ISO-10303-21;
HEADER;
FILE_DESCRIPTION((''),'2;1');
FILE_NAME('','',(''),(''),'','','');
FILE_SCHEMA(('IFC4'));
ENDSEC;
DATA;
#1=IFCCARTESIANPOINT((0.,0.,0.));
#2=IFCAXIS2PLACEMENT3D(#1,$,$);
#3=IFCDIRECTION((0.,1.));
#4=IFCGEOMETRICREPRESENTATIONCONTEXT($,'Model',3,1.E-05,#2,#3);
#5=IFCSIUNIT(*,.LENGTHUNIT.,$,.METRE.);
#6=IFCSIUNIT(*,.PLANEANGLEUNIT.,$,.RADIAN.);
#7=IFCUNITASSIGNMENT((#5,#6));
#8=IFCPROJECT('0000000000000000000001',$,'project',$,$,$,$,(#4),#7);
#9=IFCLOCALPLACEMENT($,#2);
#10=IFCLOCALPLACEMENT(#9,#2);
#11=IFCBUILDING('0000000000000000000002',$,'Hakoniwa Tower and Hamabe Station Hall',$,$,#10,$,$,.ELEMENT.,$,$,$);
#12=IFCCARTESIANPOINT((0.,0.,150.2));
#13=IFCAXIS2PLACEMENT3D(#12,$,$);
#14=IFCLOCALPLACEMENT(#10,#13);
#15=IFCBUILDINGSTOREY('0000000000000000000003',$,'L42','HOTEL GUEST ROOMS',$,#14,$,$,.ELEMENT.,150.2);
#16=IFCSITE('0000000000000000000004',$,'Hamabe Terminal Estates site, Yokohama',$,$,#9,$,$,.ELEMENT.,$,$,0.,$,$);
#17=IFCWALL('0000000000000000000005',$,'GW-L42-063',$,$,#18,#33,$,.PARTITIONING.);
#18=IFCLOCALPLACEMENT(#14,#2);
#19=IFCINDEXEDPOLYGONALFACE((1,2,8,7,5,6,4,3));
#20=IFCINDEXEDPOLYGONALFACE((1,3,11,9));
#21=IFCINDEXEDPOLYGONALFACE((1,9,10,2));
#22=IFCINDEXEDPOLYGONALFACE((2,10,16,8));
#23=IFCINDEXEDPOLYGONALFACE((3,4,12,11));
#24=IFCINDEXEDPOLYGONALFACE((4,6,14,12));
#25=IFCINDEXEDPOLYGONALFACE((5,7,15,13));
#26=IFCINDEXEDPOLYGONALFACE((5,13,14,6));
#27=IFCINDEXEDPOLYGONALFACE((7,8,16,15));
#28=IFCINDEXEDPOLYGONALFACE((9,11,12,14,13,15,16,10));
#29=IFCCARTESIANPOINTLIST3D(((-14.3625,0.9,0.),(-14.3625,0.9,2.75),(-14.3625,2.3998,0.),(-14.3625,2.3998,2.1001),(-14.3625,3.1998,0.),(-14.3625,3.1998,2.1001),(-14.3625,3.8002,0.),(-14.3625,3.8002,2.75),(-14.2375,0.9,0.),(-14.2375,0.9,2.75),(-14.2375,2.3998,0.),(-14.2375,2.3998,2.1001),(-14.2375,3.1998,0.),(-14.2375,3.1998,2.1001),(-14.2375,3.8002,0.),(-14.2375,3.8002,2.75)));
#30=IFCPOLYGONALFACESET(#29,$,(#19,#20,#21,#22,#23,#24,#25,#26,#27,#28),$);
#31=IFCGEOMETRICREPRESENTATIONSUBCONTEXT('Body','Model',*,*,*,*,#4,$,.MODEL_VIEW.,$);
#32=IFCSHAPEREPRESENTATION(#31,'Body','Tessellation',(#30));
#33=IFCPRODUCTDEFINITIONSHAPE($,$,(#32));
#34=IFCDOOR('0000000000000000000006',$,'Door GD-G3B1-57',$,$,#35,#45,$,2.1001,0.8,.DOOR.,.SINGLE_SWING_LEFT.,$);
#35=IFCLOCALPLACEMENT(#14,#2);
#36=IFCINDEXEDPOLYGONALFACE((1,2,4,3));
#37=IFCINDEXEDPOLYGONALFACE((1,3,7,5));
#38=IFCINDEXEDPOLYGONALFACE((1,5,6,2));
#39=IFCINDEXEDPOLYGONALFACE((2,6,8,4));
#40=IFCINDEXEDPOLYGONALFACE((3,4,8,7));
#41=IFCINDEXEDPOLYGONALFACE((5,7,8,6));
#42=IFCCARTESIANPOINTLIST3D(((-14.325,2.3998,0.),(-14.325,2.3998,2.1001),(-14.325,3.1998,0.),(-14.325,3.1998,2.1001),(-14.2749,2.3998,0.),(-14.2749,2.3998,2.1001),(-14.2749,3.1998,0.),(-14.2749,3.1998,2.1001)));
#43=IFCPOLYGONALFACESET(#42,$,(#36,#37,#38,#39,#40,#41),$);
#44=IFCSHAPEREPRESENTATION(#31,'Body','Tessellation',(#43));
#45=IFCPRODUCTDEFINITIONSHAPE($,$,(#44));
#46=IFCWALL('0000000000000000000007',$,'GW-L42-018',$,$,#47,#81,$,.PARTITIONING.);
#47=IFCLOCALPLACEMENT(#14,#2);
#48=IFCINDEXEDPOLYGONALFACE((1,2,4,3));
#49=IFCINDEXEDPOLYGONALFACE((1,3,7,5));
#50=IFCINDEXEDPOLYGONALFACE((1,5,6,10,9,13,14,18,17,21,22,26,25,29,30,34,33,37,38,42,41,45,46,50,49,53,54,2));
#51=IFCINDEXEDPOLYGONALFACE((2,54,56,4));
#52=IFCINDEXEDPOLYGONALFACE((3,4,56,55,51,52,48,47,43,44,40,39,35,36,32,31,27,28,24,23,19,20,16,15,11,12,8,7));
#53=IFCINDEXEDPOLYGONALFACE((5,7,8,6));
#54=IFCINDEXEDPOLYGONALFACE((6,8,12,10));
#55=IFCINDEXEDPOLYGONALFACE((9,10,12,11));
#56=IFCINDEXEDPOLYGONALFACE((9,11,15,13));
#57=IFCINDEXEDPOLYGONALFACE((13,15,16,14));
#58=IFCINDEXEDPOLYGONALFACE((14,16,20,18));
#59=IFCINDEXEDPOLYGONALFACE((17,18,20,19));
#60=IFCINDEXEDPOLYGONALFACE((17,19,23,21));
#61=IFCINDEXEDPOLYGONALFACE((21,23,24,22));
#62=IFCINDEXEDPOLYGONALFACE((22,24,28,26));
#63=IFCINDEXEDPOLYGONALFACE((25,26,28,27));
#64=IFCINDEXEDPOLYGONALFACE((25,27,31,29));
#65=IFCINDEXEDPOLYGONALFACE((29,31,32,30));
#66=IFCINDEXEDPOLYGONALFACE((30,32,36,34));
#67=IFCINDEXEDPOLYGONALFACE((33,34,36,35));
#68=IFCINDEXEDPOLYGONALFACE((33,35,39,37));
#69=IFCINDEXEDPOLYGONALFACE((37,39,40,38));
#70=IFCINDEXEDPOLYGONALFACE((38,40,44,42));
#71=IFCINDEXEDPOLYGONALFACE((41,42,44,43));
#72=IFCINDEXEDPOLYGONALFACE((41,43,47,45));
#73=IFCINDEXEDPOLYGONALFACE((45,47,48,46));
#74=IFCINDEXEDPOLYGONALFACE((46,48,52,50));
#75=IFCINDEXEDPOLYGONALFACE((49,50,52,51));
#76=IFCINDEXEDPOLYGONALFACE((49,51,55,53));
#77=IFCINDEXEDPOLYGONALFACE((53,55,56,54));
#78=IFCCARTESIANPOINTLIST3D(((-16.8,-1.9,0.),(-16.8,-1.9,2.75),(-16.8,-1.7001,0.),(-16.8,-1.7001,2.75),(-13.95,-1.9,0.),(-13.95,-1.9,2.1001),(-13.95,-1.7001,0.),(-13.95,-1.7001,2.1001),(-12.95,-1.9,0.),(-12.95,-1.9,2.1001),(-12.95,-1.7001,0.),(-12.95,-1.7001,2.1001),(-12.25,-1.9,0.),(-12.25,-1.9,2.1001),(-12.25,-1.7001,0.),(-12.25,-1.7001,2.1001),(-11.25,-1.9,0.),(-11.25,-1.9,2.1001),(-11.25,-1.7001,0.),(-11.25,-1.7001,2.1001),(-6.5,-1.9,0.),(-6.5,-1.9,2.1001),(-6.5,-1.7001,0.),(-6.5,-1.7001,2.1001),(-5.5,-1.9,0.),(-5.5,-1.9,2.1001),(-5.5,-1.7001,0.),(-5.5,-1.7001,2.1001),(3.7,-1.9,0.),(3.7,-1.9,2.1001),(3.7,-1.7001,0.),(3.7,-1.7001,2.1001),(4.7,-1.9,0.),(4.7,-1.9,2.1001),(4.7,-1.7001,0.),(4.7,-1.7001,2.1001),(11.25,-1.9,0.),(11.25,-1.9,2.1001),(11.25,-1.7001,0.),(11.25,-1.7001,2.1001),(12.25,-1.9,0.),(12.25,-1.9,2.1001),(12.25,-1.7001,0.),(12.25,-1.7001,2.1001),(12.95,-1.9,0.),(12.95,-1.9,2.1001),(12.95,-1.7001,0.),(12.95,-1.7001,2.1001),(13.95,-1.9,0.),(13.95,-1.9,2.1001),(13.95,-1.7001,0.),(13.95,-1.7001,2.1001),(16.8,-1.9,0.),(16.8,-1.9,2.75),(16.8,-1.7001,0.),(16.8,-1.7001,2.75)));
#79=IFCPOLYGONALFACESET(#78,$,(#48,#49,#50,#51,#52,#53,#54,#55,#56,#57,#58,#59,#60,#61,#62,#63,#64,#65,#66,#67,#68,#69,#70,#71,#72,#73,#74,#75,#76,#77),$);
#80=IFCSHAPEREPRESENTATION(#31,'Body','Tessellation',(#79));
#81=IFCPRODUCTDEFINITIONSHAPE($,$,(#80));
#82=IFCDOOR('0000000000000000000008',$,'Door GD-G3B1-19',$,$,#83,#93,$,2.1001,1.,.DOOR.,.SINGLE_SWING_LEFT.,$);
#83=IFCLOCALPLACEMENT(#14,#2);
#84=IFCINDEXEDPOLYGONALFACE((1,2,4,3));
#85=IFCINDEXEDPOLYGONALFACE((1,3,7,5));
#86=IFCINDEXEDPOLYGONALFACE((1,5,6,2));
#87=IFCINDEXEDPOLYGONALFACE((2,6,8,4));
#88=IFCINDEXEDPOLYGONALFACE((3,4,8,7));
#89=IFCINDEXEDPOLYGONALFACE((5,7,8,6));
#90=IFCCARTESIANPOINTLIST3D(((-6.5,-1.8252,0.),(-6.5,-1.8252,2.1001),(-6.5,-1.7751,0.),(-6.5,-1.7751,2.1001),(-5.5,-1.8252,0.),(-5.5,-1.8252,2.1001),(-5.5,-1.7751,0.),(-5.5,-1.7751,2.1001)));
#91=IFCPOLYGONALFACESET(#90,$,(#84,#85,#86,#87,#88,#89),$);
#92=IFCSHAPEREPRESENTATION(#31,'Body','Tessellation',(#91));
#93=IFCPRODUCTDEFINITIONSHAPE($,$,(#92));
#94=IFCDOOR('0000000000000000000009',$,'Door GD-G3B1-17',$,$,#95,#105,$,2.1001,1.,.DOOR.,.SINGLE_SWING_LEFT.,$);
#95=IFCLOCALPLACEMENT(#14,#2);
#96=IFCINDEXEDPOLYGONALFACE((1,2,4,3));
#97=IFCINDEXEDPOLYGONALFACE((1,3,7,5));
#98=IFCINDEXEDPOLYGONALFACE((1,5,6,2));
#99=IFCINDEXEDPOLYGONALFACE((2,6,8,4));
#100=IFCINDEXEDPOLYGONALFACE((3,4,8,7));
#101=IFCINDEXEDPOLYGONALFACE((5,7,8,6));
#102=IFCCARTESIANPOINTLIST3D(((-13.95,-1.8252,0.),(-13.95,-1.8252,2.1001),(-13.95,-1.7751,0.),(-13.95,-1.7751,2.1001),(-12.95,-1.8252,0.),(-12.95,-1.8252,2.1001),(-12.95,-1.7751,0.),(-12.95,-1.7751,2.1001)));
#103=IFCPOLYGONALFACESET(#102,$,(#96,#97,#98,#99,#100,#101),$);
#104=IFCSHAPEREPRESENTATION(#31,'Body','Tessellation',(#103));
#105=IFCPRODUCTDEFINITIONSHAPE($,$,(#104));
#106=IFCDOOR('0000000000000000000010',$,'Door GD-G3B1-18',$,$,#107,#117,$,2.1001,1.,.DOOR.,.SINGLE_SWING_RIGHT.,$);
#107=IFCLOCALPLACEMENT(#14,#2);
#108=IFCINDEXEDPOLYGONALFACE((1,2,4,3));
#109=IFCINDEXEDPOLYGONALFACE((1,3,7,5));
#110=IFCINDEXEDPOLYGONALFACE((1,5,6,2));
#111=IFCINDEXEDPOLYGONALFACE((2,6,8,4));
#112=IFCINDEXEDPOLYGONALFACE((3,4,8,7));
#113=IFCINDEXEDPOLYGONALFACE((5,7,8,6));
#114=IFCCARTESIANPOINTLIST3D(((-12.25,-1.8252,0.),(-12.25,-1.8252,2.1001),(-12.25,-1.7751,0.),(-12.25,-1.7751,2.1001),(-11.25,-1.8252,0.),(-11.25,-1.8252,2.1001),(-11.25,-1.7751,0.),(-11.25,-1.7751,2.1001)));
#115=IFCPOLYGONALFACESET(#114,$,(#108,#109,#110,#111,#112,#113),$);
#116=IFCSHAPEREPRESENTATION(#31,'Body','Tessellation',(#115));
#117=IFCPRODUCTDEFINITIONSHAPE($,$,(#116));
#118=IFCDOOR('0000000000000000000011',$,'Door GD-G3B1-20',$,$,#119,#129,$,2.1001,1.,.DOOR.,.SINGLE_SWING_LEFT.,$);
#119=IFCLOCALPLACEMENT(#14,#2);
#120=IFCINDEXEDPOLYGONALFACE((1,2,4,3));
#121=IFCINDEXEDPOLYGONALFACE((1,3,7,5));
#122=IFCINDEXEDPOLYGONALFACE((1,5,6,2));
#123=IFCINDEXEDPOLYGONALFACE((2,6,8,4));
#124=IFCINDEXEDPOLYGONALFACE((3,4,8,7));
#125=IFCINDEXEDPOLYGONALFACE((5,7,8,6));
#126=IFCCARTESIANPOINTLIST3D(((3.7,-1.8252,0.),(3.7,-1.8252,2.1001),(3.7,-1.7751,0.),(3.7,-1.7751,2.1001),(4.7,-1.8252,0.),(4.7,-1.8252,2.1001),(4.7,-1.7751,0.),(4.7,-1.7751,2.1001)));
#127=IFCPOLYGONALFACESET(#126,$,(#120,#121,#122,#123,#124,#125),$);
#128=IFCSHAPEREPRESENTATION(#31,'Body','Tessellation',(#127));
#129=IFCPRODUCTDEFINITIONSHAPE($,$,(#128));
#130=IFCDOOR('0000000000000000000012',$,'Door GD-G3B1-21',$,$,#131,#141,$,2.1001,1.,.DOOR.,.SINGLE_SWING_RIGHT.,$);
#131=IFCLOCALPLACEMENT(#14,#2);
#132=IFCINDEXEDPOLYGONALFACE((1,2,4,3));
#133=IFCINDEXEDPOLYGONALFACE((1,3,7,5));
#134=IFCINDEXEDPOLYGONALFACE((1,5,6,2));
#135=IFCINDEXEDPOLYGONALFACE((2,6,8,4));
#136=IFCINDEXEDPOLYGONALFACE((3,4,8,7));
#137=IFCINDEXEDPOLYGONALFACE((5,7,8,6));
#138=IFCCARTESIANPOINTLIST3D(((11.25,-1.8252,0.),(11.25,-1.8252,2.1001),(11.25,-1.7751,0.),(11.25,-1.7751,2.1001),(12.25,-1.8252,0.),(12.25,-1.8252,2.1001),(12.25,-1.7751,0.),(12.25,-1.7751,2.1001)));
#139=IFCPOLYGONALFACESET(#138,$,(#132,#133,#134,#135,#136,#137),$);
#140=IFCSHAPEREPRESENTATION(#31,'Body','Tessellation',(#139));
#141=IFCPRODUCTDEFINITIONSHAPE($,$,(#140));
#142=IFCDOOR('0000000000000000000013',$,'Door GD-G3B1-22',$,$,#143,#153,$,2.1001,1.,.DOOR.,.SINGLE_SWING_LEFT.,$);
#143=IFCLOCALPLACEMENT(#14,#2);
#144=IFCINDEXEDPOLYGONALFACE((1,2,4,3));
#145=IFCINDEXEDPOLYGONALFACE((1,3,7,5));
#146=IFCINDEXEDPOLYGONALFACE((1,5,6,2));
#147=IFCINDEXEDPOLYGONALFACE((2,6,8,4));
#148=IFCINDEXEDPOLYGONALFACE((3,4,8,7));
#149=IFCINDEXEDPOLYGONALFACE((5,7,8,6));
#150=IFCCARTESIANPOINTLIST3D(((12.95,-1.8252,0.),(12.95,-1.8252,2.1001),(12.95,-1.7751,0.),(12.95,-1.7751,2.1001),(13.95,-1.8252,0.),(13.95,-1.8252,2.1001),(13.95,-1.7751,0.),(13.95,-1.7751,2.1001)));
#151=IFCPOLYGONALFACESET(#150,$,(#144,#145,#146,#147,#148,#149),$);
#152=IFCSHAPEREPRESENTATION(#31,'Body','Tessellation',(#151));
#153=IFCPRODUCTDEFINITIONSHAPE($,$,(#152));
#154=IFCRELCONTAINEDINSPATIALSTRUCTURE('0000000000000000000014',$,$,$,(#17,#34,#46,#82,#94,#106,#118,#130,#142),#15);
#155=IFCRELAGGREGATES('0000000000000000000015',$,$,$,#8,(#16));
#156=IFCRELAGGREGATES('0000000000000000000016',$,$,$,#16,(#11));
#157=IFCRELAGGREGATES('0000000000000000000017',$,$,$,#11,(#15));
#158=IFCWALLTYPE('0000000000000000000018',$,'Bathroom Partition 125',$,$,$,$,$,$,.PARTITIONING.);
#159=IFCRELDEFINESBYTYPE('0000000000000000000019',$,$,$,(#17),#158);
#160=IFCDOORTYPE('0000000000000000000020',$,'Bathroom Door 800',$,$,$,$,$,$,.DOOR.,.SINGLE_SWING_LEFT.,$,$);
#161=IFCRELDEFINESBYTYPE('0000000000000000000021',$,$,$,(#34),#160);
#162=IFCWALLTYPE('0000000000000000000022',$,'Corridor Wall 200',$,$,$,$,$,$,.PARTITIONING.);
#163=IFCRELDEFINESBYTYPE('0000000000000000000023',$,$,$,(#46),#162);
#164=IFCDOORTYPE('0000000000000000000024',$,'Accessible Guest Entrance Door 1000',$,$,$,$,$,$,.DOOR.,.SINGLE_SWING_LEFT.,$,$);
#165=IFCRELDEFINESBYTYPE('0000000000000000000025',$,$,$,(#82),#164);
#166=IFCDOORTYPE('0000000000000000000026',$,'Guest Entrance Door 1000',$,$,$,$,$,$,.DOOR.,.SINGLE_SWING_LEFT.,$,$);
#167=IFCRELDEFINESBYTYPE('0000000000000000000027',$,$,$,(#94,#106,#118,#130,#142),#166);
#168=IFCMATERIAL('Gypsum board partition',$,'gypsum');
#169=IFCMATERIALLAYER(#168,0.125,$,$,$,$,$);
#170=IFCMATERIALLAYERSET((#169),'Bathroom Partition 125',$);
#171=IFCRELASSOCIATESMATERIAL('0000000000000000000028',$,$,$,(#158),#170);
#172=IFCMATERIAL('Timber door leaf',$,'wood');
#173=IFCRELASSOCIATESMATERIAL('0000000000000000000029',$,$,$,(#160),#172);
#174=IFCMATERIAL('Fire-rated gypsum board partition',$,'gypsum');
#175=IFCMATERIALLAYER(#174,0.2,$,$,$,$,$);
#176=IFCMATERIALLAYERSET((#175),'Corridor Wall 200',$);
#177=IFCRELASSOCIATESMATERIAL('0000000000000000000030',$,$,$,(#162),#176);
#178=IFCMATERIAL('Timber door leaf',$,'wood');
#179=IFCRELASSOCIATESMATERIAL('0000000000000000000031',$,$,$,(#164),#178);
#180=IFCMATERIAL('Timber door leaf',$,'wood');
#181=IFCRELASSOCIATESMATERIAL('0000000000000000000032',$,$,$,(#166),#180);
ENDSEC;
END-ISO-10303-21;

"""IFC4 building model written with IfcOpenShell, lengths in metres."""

from ifc_helpers import new_model, si_unit, direction, frame, frame_2d, origin, place, context, subcontext, project, spatial, rectangle, extrude, material, layer, layer_set, type_object, element, fill, save


model = new_model("IFC4")

# Units and contexts
model_context = context("Model", 3, precision=1e-05, world=origin(), true_north=direction((0.0, 1.0)))
body_context = subcontext(model_context, "Body", "Model", "MODEL_VIEW")
ifc_project = project(units=[si_unit("LENGTHUNIT", "METRE"), si_unit("PLANEANGLEUNIT", "RADIAN")], contexts=[model_context])

# Site, building, storey
site_placement = place(None, origin())
site = spatial("IfcSite", under=ifc_project, at=site_placement, Name="Hamabe Terminal Estates site, Yokohama", CompositionType="ELEMENT", RefElevation=0.0)
building_placement = place(site_placement, origin())
building = spatial("IfcBuilding", under=site, at=building_placement, Name="Hakoniwa Tower and Hamabe Station Hall", CompositionType="ELEMENT")
storey_placement = place(building_placement, frame((0.0, 0.0, 150.2)))
storey = spatial("IfcBuildingStorey", under=building, at=storey_placement, Name="L42", Description="HOTEL GUEST ROOMS", CompositionType="ELEMENT", Elevation=150.2)

# Wall, opening, door
ifc_material_1 = material(Name="Gypsum board partition", Category="gypsum")
ifc_layer_1 = layer(ifc_material_1, 0.125)
ifc_layer_set_1 = layer_set([ifc_layer_1], Name="Bathroom Partition 125")
wall_type_1 = type_object("IfcWallType", Name="Bathroom Partition 125", PredefinedType="PARTITIONING", material=ifc_layer_set_1)
wall_1_placement = place(storey_placement, frame((-14.3, 0.8999, 0.0), z_axis=(0.0, 0.0, 1.0), x_axis=(0.0, 1.0, 0.0)))
wall_1 = element("IfcWall", 1, at=wall_1_placement, inside=storey, type_object=wall_type_1, Name="GW-L42-063", PredefinedType="PARTITIONING", context=body_context, shape_type="SweptSolid", body=[
    extrude(rectangle(XDim=2.9001, YDim=0.125, at=frame_2d((1.4502, 0.0))), origin(), (0.0, 0.0, 1.0), 2.75),
])
opening_1_placement = place(wall_1_placement, frame((1.5, 0.0, 0.0)))
opening_1 = element("IfcOpeningElement", 2, at=opening_1_placement, cuts=wall_1, PredefinedType="OPENING", context=body_context, shape_type="SweptSolid", body=[
    extrude(rectangle(XDim=0.8, YDim=2.1001, at=frame_2d((0.3999, 1.05))), frame((0.0, 0.0725, 0.0), z_axis=(0.0, -1.0, 0.0), x_axis=(1.0, 0.0, 0.0)), (0.0, 0.0, 1.0), 0.145),
])
ifc_material_2 = material(Name="Timber door leaf", Category="wood")
door_type_1 = type_object("IfcDoorType", Name="Bathroom Door 800", OperationType="SINGLE_SWING_LEFT", PredefinedType="DOOR", material=ifc_material_2)
door_1_placement = place(opening_1_placement, origin())
door_1 = element("IfcDoor", 3, at=door_1_placement, inside=storey, type_object=door_type_1, Name="Door GD-G3B1-57", OperationType="SINGLE_SWING_LEFT", OverallHeight=2.1001, OverallWidth=0.8, PredefinedType="DOOR", context=body_context, shape_type="SweptSolid", body=[
    extrude(rectangle(XDim=0.8, YDim=2.1001, at=frame_2d((0.3999, 1.05))), frame((0.0, 0.0249, 0.0), z_axis=(0.0, -1.0, 0.0), x_axis=(1.0, 0.0, 0.0)), (0.0, 0.0, 1.0), 0.05),
])
fill(opening_1, door_1)

# Wall, openings, doors
ifc_material_3 = material(Name="Fire-rated gypsum board partition", Category="gypsum")
ifc_layer_2 = layer(ifc_material_3, 0.2)
ifc_layer_set_2 = layer_set([ifc_layer_2], Name="Corridor Wall 200")
wall_type_2 = type_object("IfcWallType", Name="Corridor Wall 200", PredefinedType="PARTITIONING", material=ifc_layer_set_2)
wall_2_placement = place(storey_placement, frame((-16.8, -1.8, 0.0), z_axis=(0.0, 0.0, 1.0), x_axis=(1.0, 0.0, 0.0)))
wall_2 = element("IfcWall", 4, at=wall_2_placement, inside=storey, type_object=wall_type_2, Name="GW-L42-018", PredefinedType="PARTITIONING", context=body_context, shape_type="SweptSolid", body=[
    extrude(rectangle(XDim=33.6001, YDim=0.2, at=frame_2d((16.8, 0.0))), origin(), (0.0, 0.0, 1.0), 2.75),
])
opening_2_placement = place(wall_2_placement, frame((2.8501, 0.0, 0.0)))
opening_2 = element("IfcOpeningElement", 5, at=opening_2_placement, cuts=wall_2, PredefinedType="OPENING", context=body_context, shape_type="SweptSolid", body=[
    extrude(rectangle(XDim=1.0, YDim=2.1001, at=frame_2d((0.5, 1.05))), frame((0.0, 0.1099, 0.0), z_axis=(0.0, -1.0, 0.0), x_axis=(1.0, 0.0, 0.0)), (0.0, 0.0, 1.0), 0.22),
])
opening_3_placement = place(wall_2_placement, frame((4.55, 0.0, 0.0)))
opening_3 = element("IfcOpeningElement", 6, at=opening_3_placement, cuts=wall_2, PredefinedType="OPENING", context=body_context, shape_type="SweptSolid", body=[
    extrude(rectangle(XDim=1.0, YDim=2.1001, at=frame_2d((0.5, 1.05))), frame((0.0, 0.1099, 0.0), z_axis=(0.0, -1.0, 0.0), x_axis=(1.0, 0.0, 0.0)), (0.0, 0.0, 1.0), 0.22),
])
opening_4_placement = place(wall_2_placement, frame((10.3, 0.0, 0.0)))
opening_4 = element("IfcOpeningElement", 7, at=opening_4_placement, cuts=wall_2, PredefinedType="OPENING", context=body_context, shape_type="SweptSolid", body=[
    extrude(rectangle(XDim=1.0, YDim=2.1001, at=frame_2d((0.5, 1.05))), frame((0.0, 0.1099, 0.0), z_axis=(0.0, -1.0, 0.0), x_axis=(1.0, 0.0, 0.0)), (0.0, 0.0, 1.0), 0.22),
])
opening_5_placement = place(wall_2_placement, frame((20.5, 0.0, 0.0)))
opening_5 = element("IfcOpeningElement", 8, at=opening_5_placement, cuts=wall_2, PredefinedType="OPENING", context=body_context, shape_type="SweptSolid", body=[
    extrude(rectangle(XDim=1.0, YDim=2.1001, at=frame_2d((0.5, 1.05))), frame((0.0, 0.1099, 0.0), z_axis=(0.0, -1.0, 0.0), x_axis=(1.0, 0.0, 0.0)), (0.0, 0.0, 1.0), 0.22),
])
opening_6_placement = place(wall_2_placement, frame((28.05, 0.0, 0.0)))
opening_6 = element("IfcOpeningElement", 9, at=opening_6_placement, cuts=wall_2, PredefinedType="OPENING", context=body_context, shape_type="SweptSolid", body=[
    extrude(rectangle(XDim=1.0, YDim=2.1001, at=frame_2d((0.5, 1.05))), frame((0.0, 0.1099, 0.0), z_axis=(0.0, -1.0, 0.0), x_axis=(1.0, 0.0, 0.0)), (0.0, 0.0, 1.0), 0.22),
])
opening_7_placement = place(wall_2_placement, frame((29.75, 0.0, 0.0)))
opening_7 = element("IfcOpeningElement", 10, at=opening_7_placement, cuts=wall_2, PredefinedType="OPENING", context=body_context, shape_type="SweptSolid", body=[
    extrude(rectangle(XDim=1.0, YDim=2.1001, at=frame_2d((0.5, 1.05))), frame((0.0, 0.1099, 0.0), z_axis=(0.0, -1.0, 0.0), x_axis=(1.0, 0.0, 0.0)), (0.0, 0.0, 1.0), 0.22),
])
ifc_material_4 = material(Name="Timber door leaf", Category="wood")
door_type_2 = type_object("IfcDoorType", Name="Accessible Guest Entrance Door 1000", OperationType="SINGLE_SWING_LEFT", PredefinedType="DOOR", material=ifc_material_4)
door_2_placement = place(opening_4_placement, origin())
door_2 = element("IfcDoor", 11, at=door_2_placement, inside=storey, type_object=door_type_2, Name="Door GD-G3B1-19", OperationType="SINGLE_SWING_LEFT", OverallHeight=2.1001, OverallWidth=1.0, PredefinedType="DOOR", context=body_context, shape_type="SweptSolid", body=[
    extrude(rectangle(XDim=1.0, YDim=2.1001, at=frame_2d((0.5, 1.05))), frame((0.0, 0.0249, 0.0), z_axis=(0.0, -1.0, 0.0), x_axis=(1.0, 0.0, 0.0)), (0.0, 0.0, 1.0), 0.05),
])
fill(opening_4, door_2)
ifc_material_5 = material(Name="Timber door leaf", Category="wood")
door_type_3 = type_object("IfcDoorType", Name="Guest Entrance Door 1000", OperationType="SINGLE_SWING_LEFT", PredefinedType="DOOR", material=ifc_material_5)
door_3_placement = place(opening_2_placement, origin())
door_3 = element("IfcDoor", 12, at=door_3_placement, inside=storey, type_object=door_type_3, Name="Door GD-G3B1-17", OperationType="SINGLE_SWING_LEFT", OverallHeight=2.1001, OverallWidth=1.0, PredefinedType="DOOR", context=body_context, shape_type="SweptSolid", body=[
    extrude(rectangle(XDim=1.0, YDim=2.1001, at=frame_2d((0.5, 1.05))), frame((0.0, 0.0249, 0.0), z_axis=(0.0, -1.0, 0.0), x_axis=(1.0, 0.0, 0.0)), (0.0, 0.0, 1.0), 0.05),
])
fill(opening_2, door_3)
door_4_placement = place(opening_3_placement, origin())
door_4 = element("IfcDoor", 13, at=door_4_placement, inside=storey, type_object=door_type_3, Name="Door GD-G3B1-18", OperationType="SINGLE_SWING_RIGHT", OverallHeight=2.1001, OverallWidth=1.0, PredefinedType="DOOR", context=body_context, shape_type="SweptSolid", body=[
    extrude(rectangle(XDim=1.0, YDim=2.1001, at=frame_2d((0.5, 1.05))), frame((0.0, 0.0249, 0.0), z_axis=(0.0, -1.0, 0.0), x_axis=(1.0, 0.0, 0.0)), (0.0, 0.0, 1.0), 0.05),
])
fill(opening_3, door_4)
door_5_placement = place(opening_5_placement, origin())
door_5 = element("IfcDoor", 14, at=door_5_placement, inside=storey, type_object=door_type_3, Name="Door GD-G3B1-20", OperationType="SINGLE_SWING_LEFT", OverallHeight=2.1001, OverallWidth=1.0, PredefinedType="DOOR", context=body_context, shape_type="SweptSolid", body=[
    extrude(rectangle(XDim=1.0, YDim=2.1001, at=frame_2d((0.5, 1.05))), frame((0.0, 0.0249, 0.0), z_axis=(0.0, -1.0, 0.0), x_axis=(1.0, 0.0, 0.0)), (0.0, 0.0, 1.0), 0.05),
])
fill(opening_5, door_5)
door_6_placement = place(opening_6_placement, origin())
door_6 = element("IfcDoor", 15, at=door_6_placement, inside=storey, type_object=door_type_3, Name="Door GD-G3B1-21", OperationType="SINGLE_SWING_RIGHT", OverallHeight=2.1001, OverallWidth=1.0, PredefinedType="DOOR", context=body_context, shape_type="SweptSolid", body=[
    extrude(rectangle(XDim=1.0, YDim=2.1001, at=frame_2d((0.5, 1.05))), frame((0.0, 0.0249, 0.0), z_axis=(0.0, -1.0, 0.0), x_axis=(1.0, 0.0, 0.0)), (0.0, 0.0, 1.0), 0.05),
])
fill(opening_6, door_6)
door_7_placement = place(opening_7_placement, origin())
door_7 = element("IfcDoor", 16, at=door_7_placement, inside=storey, type_object=door_type_3, Name="Door GD-G3B1-22", OperationType="SINGLE_SWING_LEFT", OverallHeight=2.1001, OverallWidth=1.0, PredefinedType="DOOR", context=body_context, shape_type="SweptSolid", body=[
    extrude(rectangle(XDim=1.0, YDim=2.1001, at=frame_2d((0.5, 1.05))), frame((0.0, 0.0249, 0.0), z_axis=(0.0, -1.0, 0.0), x_axis=(1.0, 0.0, 0.0)), (0.0, 0.0, 1.0), 0.05),
])
fill(opening_7, door_7)

save(model, "model.ifc")
